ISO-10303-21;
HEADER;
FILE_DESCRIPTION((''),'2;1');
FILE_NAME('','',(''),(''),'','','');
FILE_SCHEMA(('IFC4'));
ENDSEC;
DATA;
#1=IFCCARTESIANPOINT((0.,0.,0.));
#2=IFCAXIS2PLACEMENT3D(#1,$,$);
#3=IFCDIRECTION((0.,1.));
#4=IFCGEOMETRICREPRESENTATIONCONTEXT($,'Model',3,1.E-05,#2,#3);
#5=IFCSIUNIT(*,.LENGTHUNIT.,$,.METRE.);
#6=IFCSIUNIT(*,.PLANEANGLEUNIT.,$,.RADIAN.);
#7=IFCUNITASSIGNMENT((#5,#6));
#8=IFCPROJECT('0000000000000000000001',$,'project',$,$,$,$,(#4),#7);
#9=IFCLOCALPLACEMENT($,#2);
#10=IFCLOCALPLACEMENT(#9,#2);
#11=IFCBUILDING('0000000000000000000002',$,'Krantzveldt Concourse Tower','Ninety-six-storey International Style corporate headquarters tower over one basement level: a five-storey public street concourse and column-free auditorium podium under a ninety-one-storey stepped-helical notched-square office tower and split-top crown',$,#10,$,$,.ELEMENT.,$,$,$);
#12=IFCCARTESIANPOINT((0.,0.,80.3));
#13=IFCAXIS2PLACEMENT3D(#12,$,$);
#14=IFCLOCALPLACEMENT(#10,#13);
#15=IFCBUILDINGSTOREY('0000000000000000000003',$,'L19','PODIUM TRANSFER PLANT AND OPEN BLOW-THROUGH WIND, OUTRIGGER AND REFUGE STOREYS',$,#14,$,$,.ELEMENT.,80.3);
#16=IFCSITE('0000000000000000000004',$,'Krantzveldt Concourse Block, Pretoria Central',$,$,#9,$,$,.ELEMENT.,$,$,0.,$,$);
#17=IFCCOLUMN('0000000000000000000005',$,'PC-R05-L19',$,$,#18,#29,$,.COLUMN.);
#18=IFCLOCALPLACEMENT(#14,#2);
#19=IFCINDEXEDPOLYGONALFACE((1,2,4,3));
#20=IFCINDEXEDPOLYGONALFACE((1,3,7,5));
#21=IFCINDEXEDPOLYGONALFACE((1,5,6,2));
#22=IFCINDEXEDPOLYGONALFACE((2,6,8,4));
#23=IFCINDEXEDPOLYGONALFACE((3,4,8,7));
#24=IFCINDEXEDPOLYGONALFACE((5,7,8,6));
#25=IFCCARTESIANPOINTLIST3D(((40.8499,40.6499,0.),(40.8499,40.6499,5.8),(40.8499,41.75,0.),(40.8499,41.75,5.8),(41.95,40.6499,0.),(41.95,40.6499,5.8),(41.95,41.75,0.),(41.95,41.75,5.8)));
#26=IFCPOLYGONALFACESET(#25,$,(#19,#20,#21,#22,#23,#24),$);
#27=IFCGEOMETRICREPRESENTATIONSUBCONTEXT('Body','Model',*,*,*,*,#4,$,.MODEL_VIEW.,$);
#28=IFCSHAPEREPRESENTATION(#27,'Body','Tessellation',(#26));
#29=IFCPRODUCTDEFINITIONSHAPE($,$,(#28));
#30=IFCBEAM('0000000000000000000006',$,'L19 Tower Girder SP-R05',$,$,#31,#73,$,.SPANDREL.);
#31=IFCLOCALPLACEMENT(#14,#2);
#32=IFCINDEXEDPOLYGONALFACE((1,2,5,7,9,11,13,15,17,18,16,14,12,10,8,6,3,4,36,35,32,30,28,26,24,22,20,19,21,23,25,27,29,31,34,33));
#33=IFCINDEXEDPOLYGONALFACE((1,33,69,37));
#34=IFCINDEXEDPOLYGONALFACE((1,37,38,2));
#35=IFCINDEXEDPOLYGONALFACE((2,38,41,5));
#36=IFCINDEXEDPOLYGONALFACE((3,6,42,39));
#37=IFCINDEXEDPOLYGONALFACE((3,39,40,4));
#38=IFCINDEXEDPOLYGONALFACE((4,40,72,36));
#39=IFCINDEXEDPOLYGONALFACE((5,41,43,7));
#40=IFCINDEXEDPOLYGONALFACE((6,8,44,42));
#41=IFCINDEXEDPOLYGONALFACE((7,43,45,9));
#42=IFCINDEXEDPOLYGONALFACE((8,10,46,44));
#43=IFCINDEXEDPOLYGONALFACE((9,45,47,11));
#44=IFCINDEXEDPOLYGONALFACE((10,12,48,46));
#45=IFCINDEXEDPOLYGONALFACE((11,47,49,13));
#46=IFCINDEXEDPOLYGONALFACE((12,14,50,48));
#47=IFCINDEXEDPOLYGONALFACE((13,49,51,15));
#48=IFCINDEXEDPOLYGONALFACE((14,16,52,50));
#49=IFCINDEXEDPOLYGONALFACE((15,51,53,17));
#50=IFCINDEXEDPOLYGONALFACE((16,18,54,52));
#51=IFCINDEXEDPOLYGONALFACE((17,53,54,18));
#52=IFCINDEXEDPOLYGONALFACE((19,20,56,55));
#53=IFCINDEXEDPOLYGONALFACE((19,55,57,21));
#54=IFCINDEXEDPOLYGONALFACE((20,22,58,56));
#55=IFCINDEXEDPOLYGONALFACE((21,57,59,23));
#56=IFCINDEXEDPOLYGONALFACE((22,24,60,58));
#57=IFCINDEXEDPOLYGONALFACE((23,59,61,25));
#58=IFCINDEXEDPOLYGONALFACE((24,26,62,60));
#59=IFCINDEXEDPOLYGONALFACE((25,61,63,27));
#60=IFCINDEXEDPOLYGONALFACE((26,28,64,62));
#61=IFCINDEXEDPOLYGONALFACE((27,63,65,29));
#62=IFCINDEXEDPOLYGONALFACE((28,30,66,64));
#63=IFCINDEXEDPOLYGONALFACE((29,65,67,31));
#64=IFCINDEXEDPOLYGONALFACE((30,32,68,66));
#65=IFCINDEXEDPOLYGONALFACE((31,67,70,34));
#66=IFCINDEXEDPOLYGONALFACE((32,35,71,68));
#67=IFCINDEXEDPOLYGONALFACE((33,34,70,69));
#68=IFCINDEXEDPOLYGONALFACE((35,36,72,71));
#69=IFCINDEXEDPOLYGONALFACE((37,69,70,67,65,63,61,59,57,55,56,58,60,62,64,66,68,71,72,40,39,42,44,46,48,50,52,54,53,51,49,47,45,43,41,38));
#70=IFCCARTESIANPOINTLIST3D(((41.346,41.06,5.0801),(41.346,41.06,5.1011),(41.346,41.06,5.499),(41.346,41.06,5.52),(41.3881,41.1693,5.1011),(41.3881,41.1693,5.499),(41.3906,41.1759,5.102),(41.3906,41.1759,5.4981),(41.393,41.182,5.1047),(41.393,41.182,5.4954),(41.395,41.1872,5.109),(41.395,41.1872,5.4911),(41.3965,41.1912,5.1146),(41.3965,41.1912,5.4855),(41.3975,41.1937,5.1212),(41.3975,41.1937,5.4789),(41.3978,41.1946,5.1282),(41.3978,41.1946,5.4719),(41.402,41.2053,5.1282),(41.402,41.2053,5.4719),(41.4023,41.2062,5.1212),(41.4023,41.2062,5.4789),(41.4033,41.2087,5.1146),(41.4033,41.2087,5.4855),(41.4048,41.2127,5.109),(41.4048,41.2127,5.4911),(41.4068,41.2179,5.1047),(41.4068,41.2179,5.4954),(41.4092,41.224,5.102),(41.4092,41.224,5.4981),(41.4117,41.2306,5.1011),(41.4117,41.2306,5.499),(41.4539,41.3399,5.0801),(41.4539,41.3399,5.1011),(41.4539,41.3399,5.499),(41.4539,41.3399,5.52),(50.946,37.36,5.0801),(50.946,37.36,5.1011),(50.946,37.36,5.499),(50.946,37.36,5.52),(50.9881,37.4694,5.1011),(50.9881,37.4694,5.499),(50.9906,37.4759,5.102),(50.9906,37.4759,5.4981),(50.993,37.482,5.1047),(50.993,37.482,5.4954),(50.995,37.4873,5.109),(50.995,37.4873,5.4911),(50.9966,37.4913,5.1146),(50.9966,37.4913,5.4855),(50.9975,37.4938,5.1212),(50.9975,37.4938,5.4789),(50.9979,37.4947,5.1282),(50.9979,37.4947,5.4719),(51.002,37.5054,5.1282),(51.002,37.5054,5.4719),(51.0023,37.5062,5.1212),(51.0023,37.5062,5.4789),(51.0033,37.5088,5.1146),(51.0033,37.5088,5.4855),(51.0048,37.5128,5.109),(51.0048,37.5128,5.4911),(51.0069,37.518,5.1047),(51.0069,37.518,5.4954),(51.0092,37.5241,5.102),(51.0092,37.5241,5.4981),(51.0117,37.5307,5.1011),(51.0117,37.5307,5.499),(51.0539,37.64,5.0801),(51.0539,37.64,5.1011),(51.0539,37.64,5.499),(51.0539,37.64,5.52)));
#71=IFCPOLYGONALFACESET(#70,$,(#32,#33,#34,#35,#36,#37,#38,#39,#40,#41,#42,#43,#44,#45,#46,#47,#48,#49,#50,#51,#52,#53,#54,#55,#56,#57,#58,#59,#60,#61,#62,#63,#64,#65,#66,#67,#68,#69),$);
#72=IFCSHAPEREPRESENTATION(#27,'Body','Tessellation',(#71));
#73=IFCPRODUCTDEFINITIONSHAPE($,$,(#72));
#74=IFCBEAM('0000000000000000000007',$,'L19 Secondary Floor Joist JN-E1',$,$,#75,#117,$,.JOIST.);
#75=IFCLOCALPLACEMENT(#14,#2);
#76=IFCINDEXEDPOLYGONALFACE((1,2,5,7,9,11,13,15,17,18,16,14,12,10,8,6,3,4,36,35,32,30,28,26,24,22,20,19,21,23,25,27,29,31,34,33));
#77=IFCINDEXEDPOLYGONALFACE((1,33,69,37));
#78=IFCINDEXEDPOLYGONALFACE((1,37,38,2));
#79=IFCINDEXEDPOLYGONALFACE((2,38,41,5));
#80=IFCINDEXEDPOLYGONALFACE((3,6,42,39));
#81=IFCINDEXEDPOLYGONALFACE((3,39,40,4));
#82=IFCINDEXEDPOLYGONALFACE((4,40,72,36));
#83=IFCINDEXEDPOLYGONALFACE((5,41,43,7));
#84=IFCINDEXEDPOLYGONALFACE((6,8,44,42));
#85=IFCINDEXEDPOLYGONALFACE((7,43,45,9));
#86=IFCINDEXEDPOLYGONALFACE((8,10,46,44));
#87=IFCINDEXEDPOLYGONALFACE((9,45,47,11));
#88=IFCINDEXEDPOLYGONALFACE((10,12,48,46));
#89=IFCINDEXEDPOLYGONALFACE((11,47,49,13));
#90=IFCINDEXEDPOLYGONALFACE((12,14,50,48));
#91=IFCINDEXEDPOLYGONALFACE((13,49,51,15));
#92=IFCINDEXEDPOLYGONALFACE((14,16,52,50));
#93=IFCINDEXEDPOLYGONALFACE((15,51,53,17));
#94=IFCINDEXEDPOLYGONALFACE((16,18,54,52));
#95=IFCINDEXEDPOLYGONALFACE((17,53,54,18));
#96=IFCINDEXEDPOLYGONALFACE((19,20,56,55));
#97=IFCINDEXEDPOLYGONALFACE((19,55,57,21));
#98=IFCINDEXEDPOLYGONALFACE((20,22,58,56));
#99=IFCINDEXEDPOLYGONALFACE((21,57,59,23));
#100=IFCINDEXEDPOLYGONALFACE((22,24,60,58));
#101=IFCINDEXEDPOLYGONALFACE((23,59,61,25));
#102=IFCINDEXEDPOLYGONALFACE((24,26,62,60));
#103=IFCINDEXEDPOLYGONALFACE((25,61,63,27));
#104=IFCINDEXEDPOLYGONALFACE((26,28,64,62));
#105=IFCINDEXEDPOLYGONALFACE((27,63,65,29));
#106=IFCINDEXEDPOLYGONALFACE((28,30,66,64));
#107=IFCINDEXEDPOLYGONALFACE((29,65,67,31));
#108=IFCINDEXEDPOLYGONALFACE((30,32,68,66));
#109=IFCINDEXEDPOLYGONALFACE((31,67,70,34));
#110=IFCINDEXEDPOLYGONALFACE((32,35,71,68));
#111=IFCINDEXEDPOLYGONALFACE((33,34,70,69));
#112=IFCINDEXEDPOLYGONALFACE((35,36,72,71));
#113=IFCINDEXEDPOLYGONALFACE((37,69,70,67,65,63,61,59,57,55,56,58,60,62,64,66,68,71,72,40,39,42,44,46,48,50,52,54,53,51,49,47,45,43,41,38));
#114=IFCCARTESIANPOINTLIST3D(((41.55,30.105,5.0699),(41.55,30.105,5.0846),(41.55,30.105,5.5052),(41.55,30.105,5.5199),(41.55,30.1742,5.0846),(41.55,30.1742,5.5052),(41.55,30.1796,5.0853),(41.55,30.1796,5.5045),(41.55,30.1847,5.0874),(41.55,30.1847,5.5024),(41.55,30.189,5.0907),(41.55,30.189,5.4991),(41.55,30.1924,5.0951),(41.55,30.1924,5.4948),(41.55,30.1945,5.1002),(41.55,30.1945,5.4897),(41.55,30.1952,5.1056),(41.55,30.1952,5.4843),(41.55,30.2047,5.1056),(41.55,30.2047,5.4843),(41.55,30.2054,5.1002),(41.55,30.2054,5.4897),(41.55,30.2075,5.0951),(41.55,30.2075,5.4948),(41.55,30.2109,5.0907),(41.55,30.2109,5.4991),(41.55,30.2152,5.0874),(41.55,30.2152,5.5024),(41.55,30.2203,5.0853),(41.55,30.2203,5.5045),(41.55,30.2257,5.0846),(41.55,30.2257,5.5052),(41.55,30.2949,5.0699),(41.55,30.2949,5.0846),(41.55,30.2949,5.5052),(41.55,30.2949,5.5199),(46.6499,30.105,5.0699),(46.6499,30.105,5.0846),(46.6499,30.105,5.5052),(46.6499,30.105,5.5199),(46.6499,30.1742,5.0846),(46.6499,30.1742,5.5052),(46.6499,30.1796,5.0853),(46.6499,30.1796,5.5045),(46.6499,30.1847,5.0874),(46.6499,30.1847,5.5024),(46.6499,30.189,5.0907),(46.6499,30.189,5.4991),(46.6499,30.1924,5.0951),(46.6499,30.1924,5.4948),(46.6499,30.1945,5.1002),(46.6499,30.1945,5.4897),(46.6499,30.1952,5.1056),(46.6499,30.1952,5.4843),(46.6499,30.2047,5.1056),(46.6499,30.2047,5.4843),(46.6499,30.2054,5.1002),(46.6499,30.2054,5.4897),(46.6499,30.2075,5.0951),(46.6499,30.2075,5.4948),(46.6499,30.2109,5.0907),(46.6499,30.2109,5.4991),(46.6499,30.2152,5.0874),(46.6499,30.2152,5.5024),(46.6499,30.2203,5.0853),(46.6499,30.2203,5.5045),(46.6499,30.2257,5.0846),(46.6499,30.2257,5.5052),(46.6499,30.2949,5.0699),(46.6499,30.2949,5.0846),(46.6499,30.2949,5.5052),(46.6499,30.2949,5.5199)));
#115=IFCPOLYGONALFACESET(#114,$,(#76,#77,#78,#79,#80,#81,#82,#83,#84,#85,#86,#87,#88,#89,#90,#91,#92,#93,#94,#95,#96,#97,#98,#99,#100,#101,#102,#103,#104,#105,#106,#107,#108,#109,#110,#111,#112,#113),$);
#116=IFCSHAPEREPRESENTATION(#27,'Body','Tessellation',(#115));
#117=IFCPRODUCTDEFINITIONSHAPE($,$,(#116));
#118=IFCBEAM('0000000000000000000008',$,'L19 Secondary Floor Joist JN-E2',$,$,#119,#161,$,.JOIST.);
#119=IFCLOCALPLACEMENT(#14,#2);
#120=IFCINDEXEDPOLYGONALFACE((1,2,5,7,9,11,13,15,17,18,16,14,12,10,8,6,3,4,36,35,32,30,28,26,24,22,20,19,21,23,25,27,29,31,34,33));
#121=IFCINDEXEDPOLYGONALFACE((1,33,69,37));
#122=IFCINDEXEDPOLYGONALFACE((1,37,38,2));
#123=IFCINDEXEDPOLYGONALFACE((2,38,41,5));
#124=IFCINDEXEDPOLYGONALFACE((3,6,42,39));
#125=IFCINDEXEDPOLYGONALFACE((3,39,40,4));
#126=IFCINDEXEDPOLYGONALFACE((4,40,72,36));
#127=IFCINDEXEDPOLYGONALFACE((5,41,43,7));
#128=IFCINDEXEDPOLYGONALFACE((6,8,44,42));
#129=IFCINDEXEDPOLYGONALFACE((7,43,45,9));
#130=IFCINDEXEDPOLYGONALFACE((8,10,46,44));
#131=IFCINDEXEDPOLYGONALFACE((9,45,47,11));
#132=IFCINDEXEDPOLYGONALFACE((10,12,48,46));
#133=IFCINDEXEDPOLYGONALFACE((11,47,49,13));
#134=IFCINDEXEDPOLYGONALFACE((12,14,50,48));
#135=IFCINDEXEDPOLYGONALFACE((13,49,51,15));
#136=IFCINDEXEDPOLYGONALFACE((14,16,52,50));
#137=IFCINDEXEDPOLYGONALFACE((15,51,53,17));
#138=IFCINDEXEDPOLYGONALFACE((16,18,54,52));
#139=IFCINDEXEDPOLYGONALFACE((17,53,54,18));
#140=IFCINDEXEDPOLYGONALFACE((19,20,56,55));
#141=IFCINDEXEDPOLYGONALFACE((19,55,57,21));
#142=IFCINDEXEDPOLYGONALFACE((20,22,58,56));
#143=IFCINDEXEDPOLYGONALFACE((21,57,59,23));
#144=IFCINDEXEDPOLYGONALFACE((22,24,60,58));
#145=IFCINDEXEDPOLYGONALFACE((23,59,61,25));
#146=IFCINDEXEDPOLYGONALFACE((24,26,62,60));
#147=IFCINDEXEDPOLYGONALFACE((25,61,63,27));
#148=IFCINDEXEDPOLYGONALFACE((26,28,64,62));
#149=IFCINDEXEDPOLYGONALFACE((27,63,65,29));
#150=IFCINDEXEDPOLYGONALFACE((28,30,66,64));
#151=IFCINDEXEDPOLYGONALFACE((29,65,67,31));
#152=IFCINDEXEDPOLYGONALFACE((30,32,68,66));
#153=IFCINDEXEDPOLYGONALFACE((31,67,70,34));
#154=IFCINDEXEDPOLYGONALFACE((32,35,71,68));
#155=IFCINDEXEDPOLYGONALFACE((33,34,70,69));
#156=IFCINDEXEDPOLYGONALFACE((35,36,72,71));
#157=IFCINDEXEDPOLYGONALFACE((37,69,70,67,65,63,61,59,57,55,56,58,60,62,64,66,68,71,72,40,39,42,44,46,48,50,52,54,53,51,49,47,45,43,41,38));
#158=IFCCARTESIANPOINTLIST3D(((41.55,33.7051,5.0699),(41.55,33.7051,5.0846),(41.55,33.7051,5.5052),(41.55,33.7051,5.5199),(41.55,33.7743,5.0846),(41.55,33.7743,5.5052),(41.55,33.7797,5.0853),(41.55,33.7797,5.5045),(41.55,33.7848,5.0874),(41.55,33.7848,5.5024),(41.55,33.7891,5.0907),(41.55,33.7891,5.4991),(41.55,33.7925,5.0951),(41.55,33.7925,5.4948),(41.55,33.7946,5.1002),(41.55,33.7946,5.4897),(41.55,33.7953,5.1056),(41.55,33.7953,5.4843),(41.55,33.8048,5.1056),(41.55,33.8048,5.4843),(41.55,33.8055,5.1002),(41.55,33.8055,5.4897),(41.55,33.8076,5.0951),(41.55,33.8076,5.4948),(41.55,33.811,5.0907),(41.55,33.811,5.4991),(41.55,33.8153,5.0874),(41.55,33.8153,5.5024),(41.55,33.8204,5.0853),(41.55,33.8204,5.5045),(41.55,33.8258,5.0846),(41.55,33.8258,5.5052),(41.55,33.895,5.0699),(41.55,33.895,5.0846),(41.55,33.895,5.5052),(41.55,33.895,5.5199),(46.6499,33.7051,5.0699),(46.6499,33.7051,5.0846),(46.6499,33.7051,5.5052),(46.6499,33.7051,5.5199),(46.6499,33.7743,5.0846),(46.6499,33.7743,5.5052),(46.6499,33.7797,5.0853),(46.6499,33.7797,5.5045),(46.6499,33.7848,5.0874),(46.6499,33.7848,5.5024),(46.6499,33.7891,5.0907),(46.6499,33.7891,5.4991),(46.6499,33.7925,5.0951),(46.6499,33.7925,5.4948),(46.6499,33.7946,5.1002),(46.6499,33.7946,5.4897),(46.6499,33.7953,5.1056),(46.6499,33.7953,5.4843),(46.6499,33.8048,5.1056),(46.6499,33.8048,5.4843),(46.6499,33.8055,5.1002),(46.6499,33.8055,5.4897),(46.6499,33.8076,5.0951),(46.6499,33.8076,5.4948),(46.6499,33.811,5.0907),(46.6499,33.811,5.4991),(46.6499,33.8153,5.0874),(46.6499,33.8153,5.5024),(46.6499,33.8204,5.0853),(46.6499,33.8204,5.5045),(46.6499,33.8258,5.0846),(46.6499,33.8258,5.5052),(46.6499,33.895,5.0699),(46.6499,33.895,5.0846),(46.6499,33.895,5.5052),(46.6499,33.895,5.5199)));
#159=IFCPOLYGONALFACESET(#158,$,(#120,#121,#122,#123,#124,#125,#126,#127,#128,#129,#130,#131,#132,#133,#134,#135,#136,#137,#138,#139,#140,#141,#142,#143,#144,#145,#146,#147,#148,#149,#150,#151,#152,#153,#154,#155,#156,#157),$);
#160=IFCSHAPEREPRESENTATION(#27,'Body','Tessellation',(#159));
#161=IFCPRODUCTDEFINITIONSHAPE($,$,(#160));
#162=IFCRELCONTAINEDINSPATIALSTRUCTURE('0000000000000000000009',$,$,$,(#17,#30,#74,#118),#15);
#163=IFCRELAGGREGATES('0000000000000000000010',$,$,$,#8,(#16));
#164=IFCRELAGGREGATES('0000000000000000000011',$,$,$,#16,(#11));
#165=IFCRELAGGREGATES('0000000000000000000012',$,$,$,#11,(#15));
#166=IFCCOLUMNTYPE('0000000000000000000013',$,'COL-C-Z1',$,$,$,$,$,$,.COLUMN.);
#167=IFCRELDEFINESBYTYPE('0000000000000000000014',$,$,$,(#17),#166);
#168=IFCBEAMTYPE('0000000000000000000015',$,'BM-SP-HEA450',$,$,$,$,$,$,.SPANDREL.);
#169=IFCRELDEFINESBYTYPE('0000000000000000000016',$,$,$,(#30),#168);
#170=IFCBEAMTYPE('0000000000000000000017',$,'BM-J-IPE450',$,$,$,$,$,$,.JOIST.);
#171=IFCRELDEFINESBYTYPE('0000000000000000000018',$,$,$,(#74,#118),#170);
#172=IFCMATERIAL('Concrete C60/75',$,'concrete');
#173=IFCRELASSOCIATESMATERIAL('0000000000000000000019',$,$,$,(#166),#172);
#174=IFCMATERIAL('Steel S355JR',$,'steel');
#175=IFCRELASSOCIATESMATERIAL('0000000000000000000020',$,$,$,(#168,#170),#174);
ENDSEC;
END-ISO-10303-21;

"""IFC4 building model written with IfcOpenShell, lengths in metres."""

from ifc_helpers import new_model, si_unit, direction, frame, origin, origin_2d, place, context, subcontext, project, spatial, rectangle, i_section, extrude, source, transform, mapped, material, material_profile, profile_set, type_object, type_shapes, element, save


model = new_model("IFC4")

# Units and contexts
model_context = context("Model", 3, precision=1e-05, world=origin(), true_north=direction((0.0, 1.0)))
body_context = subcontext(model_context, "Body", "Model", "MODEL_VIEW")
ifc_project = project(units=[si_unit("LENGTHUNIT", "METRE"), si_unit("PLANEANGLEUNIT", "RADIAN")], contexts=[model_context])

# Site, building, storey
site_placement = place(None, origin())
site = spatial("IfcSite", under=ifc_project, at=site_placement, Name="Krantzveldt Concourse Block, Pretoria Central", CompositionType="ELEMENT", RefElevation=0.0)
building_placement = place(site_placement, origin())
building = spatial("IfcBuilding", under=site, at=building_placement, Name="Krantzveldt Concourse Tower", Description="Ninety-six-storey International Style corporate headquarters tower over one basement level: a five-storey public street concourse and column-free auditorium podium under a ninety-one-storey stepped-helical notched-square office tower and split-top crown", CompositionType="ELEMENT")
storey_placement = place(building_placement, frame((0.0, 0.0, 80.3)))
storey = spatial("IfcBuildingStorey", under=building, at=storey_placement, Name="L19", Description="PODIUM TRANSFER PLANT AND OPEN BLOW-THROUGH WIND, OUTRIGGER AND REFUGE STOREYS", CompositionType="ELEMENT", Elevation=80.3)

# Column
ifc_material_1 = material(Name="Concrete C60/75", Category="concrete")
ifc_material_profile_1 = material_profile(ifc_material_1, rectangle(XDim=1.1001, YDim=1.1001, at=origin_2d()), Name="Concrete C60/75", Category="concrete")
ifc_profile_set_1 = profile_set([ifc_material_profile_1], Name="Concrete C60/75 - RC 1100x1100")
column_type = type_object("IfcColumnType", Name="COL-C-Z1", PredefinedType="COLUMN", material=ifc_profile_set_1)
shared_shape_1 = source(origin(), body_context, "Body", "SweptSolid", [
    extrude(rectangle(XDim=1.1001, YDim=1.1001, at=origin_2d()), origin(), (0.0, 0.0, 1.0), 5.8),
])
type_shapes(column_type, [shared_shape_1])
column_placement = place(storey_placement, frame((41.3999, 41.2, 0.0), z_axis=(0.0, 0.0, 1.0), x_axis=(1.0, 0.0, 0.0)))
element("IfcColumn", 1, at=column_placement, inside=storey, type_object=column_type, Name="PC-R05-L19", PredefinedType="COLUMN", context=body_context, shape_type="MappedRepresentation", body=[
    mapped(shared_shape_1, transform((0.0, 0.0, 0.0), x_axis=(1.0, 0.0, 0.0), y_axis=(0.0, 1.0, 0.0), z_axis=(0.0, 0.0, 1.0), scale=1.0)),
])

# Beams
ifc_material_2 = material(Name="Steel S355JR", Category="steel")
ifc_material_profile_2 = material_profile(ifc_material_2, i_section(OverallWidth=0.3, OverallDepth=0.4399, WebThickness=0.0115, FlangeThickness=0.021, FilletRadius=0.0271, at=origin_2d()), Name="Steel S355JR", Category="steel")
ifc_profile_set_2 = profile_set([ifc_material_profile_2], Name="Steel S355JR - HEA 450")
beam_type_1 = type_object("IfcBeamType", Name="BM-SP-HEA450", PredefinedType="SPANDREL", material=ifc_profile_set_2)
shared_shape_2 = source(origin(), body_context, "Body", "SweptSolid", [
    extrude(i_section(OverallWidth=0.3, OverallDepth=0.4399, WebThickness=0.0115, FlangeThickness=0.021, FilletRadius=0.0271, at=origin_2d()), origin(), (0.0, 0.0, 1.0), 10.2883),
])
type_shapes(beam_type_1, [shared_shape_2])
beam_placement = place(storey_placement, frame((41.3999, 41.2, 5.3), z_axis=(0.933098, -0.359623, 0.0), x_axis=(0.359623, 0.933098, 0.0)))
element("IfcBeam", 2, at=beam_placement, inside=storey, type_object=beam_type_1, Name="L19 Tower Girder SP-R05", PredefinedType="SPANDREL", context=body_context, shape_type="MappedRepresentation", body=[
    mapped(shared_shape_2, transform((0.0, 0.0, 0.0), x_axis=(1.0, 0.0, 0.0), y_axis=(0.0, 1.0, 0.0), z_axis=(0.0, 0.0, 1.0), scale=1.0)),
])
ifc_material_profile_3 = material_profile(ifc_material_2, i_section(OverallWidth=0.1899, OverallDepth=0.45, WebThickness=0.0095, FlangeThickness=0.0146, FilletRadius=0.021, at=origin_2d()), Name="Steel S355JR", Category="steel")
ifc_profile_set_3 = profile_set([ifc_material_profile_3], Name="Steel S355JR - IPE 450")
beam_type_2 = type_object("IfcBeamType", Name="BM-J-IPE450", PredefinedType="JOIST", material=ifc_profile_set_3)
shared_shape_3 = source(origin(), body_context, "Body", "SweptSolid", [
    extrude(i_section(OverallWidth=0.1899, OverallDepth=0.45, WebThickness=0.0095, FlangeThickness=0.0146, FilletRadius=0.021, at=origin_2d()), origin(), (0.0, 0.0, 1.0), 5.0999),
])
type_shapes(beam_type_2, [shared_shape_3])
for number, where, z_axis, x_axis, name in (
    (3, (41.55, 30.2, 5.2949), (1.0, 0.0, 0.0), (0.0, 1.0, 0.0), "L19 Secondary Floor Joist JN-E1"),
    (4, (41.55, 33.8, 5.2949), (1.0, 0.0, 0.0), (0.0, 1.0, 0.0), "L19 Secondary Floor Joist JN-E2"),
):
    element("IfcBeam", number, at=place(storey_placement, frame(where, z_axis=z_axis, x_axis=x_axis)), inside=storey, type_object=beam_type_2, Name=name, PredefinedType="JOIST", context=body_context, shape_type="MappedRepresentation", body=[
        mapped(shared_shape_3, transform((0.0, 0.0, 0.0), x_axis=(1.0, 0.0, 0.0), y_axis=(0.0, 1.0, 0.0), z_axis=(0.0, 0.0, 1.0), scale=1.0)),
    ])

save(model, "model.ifc")
